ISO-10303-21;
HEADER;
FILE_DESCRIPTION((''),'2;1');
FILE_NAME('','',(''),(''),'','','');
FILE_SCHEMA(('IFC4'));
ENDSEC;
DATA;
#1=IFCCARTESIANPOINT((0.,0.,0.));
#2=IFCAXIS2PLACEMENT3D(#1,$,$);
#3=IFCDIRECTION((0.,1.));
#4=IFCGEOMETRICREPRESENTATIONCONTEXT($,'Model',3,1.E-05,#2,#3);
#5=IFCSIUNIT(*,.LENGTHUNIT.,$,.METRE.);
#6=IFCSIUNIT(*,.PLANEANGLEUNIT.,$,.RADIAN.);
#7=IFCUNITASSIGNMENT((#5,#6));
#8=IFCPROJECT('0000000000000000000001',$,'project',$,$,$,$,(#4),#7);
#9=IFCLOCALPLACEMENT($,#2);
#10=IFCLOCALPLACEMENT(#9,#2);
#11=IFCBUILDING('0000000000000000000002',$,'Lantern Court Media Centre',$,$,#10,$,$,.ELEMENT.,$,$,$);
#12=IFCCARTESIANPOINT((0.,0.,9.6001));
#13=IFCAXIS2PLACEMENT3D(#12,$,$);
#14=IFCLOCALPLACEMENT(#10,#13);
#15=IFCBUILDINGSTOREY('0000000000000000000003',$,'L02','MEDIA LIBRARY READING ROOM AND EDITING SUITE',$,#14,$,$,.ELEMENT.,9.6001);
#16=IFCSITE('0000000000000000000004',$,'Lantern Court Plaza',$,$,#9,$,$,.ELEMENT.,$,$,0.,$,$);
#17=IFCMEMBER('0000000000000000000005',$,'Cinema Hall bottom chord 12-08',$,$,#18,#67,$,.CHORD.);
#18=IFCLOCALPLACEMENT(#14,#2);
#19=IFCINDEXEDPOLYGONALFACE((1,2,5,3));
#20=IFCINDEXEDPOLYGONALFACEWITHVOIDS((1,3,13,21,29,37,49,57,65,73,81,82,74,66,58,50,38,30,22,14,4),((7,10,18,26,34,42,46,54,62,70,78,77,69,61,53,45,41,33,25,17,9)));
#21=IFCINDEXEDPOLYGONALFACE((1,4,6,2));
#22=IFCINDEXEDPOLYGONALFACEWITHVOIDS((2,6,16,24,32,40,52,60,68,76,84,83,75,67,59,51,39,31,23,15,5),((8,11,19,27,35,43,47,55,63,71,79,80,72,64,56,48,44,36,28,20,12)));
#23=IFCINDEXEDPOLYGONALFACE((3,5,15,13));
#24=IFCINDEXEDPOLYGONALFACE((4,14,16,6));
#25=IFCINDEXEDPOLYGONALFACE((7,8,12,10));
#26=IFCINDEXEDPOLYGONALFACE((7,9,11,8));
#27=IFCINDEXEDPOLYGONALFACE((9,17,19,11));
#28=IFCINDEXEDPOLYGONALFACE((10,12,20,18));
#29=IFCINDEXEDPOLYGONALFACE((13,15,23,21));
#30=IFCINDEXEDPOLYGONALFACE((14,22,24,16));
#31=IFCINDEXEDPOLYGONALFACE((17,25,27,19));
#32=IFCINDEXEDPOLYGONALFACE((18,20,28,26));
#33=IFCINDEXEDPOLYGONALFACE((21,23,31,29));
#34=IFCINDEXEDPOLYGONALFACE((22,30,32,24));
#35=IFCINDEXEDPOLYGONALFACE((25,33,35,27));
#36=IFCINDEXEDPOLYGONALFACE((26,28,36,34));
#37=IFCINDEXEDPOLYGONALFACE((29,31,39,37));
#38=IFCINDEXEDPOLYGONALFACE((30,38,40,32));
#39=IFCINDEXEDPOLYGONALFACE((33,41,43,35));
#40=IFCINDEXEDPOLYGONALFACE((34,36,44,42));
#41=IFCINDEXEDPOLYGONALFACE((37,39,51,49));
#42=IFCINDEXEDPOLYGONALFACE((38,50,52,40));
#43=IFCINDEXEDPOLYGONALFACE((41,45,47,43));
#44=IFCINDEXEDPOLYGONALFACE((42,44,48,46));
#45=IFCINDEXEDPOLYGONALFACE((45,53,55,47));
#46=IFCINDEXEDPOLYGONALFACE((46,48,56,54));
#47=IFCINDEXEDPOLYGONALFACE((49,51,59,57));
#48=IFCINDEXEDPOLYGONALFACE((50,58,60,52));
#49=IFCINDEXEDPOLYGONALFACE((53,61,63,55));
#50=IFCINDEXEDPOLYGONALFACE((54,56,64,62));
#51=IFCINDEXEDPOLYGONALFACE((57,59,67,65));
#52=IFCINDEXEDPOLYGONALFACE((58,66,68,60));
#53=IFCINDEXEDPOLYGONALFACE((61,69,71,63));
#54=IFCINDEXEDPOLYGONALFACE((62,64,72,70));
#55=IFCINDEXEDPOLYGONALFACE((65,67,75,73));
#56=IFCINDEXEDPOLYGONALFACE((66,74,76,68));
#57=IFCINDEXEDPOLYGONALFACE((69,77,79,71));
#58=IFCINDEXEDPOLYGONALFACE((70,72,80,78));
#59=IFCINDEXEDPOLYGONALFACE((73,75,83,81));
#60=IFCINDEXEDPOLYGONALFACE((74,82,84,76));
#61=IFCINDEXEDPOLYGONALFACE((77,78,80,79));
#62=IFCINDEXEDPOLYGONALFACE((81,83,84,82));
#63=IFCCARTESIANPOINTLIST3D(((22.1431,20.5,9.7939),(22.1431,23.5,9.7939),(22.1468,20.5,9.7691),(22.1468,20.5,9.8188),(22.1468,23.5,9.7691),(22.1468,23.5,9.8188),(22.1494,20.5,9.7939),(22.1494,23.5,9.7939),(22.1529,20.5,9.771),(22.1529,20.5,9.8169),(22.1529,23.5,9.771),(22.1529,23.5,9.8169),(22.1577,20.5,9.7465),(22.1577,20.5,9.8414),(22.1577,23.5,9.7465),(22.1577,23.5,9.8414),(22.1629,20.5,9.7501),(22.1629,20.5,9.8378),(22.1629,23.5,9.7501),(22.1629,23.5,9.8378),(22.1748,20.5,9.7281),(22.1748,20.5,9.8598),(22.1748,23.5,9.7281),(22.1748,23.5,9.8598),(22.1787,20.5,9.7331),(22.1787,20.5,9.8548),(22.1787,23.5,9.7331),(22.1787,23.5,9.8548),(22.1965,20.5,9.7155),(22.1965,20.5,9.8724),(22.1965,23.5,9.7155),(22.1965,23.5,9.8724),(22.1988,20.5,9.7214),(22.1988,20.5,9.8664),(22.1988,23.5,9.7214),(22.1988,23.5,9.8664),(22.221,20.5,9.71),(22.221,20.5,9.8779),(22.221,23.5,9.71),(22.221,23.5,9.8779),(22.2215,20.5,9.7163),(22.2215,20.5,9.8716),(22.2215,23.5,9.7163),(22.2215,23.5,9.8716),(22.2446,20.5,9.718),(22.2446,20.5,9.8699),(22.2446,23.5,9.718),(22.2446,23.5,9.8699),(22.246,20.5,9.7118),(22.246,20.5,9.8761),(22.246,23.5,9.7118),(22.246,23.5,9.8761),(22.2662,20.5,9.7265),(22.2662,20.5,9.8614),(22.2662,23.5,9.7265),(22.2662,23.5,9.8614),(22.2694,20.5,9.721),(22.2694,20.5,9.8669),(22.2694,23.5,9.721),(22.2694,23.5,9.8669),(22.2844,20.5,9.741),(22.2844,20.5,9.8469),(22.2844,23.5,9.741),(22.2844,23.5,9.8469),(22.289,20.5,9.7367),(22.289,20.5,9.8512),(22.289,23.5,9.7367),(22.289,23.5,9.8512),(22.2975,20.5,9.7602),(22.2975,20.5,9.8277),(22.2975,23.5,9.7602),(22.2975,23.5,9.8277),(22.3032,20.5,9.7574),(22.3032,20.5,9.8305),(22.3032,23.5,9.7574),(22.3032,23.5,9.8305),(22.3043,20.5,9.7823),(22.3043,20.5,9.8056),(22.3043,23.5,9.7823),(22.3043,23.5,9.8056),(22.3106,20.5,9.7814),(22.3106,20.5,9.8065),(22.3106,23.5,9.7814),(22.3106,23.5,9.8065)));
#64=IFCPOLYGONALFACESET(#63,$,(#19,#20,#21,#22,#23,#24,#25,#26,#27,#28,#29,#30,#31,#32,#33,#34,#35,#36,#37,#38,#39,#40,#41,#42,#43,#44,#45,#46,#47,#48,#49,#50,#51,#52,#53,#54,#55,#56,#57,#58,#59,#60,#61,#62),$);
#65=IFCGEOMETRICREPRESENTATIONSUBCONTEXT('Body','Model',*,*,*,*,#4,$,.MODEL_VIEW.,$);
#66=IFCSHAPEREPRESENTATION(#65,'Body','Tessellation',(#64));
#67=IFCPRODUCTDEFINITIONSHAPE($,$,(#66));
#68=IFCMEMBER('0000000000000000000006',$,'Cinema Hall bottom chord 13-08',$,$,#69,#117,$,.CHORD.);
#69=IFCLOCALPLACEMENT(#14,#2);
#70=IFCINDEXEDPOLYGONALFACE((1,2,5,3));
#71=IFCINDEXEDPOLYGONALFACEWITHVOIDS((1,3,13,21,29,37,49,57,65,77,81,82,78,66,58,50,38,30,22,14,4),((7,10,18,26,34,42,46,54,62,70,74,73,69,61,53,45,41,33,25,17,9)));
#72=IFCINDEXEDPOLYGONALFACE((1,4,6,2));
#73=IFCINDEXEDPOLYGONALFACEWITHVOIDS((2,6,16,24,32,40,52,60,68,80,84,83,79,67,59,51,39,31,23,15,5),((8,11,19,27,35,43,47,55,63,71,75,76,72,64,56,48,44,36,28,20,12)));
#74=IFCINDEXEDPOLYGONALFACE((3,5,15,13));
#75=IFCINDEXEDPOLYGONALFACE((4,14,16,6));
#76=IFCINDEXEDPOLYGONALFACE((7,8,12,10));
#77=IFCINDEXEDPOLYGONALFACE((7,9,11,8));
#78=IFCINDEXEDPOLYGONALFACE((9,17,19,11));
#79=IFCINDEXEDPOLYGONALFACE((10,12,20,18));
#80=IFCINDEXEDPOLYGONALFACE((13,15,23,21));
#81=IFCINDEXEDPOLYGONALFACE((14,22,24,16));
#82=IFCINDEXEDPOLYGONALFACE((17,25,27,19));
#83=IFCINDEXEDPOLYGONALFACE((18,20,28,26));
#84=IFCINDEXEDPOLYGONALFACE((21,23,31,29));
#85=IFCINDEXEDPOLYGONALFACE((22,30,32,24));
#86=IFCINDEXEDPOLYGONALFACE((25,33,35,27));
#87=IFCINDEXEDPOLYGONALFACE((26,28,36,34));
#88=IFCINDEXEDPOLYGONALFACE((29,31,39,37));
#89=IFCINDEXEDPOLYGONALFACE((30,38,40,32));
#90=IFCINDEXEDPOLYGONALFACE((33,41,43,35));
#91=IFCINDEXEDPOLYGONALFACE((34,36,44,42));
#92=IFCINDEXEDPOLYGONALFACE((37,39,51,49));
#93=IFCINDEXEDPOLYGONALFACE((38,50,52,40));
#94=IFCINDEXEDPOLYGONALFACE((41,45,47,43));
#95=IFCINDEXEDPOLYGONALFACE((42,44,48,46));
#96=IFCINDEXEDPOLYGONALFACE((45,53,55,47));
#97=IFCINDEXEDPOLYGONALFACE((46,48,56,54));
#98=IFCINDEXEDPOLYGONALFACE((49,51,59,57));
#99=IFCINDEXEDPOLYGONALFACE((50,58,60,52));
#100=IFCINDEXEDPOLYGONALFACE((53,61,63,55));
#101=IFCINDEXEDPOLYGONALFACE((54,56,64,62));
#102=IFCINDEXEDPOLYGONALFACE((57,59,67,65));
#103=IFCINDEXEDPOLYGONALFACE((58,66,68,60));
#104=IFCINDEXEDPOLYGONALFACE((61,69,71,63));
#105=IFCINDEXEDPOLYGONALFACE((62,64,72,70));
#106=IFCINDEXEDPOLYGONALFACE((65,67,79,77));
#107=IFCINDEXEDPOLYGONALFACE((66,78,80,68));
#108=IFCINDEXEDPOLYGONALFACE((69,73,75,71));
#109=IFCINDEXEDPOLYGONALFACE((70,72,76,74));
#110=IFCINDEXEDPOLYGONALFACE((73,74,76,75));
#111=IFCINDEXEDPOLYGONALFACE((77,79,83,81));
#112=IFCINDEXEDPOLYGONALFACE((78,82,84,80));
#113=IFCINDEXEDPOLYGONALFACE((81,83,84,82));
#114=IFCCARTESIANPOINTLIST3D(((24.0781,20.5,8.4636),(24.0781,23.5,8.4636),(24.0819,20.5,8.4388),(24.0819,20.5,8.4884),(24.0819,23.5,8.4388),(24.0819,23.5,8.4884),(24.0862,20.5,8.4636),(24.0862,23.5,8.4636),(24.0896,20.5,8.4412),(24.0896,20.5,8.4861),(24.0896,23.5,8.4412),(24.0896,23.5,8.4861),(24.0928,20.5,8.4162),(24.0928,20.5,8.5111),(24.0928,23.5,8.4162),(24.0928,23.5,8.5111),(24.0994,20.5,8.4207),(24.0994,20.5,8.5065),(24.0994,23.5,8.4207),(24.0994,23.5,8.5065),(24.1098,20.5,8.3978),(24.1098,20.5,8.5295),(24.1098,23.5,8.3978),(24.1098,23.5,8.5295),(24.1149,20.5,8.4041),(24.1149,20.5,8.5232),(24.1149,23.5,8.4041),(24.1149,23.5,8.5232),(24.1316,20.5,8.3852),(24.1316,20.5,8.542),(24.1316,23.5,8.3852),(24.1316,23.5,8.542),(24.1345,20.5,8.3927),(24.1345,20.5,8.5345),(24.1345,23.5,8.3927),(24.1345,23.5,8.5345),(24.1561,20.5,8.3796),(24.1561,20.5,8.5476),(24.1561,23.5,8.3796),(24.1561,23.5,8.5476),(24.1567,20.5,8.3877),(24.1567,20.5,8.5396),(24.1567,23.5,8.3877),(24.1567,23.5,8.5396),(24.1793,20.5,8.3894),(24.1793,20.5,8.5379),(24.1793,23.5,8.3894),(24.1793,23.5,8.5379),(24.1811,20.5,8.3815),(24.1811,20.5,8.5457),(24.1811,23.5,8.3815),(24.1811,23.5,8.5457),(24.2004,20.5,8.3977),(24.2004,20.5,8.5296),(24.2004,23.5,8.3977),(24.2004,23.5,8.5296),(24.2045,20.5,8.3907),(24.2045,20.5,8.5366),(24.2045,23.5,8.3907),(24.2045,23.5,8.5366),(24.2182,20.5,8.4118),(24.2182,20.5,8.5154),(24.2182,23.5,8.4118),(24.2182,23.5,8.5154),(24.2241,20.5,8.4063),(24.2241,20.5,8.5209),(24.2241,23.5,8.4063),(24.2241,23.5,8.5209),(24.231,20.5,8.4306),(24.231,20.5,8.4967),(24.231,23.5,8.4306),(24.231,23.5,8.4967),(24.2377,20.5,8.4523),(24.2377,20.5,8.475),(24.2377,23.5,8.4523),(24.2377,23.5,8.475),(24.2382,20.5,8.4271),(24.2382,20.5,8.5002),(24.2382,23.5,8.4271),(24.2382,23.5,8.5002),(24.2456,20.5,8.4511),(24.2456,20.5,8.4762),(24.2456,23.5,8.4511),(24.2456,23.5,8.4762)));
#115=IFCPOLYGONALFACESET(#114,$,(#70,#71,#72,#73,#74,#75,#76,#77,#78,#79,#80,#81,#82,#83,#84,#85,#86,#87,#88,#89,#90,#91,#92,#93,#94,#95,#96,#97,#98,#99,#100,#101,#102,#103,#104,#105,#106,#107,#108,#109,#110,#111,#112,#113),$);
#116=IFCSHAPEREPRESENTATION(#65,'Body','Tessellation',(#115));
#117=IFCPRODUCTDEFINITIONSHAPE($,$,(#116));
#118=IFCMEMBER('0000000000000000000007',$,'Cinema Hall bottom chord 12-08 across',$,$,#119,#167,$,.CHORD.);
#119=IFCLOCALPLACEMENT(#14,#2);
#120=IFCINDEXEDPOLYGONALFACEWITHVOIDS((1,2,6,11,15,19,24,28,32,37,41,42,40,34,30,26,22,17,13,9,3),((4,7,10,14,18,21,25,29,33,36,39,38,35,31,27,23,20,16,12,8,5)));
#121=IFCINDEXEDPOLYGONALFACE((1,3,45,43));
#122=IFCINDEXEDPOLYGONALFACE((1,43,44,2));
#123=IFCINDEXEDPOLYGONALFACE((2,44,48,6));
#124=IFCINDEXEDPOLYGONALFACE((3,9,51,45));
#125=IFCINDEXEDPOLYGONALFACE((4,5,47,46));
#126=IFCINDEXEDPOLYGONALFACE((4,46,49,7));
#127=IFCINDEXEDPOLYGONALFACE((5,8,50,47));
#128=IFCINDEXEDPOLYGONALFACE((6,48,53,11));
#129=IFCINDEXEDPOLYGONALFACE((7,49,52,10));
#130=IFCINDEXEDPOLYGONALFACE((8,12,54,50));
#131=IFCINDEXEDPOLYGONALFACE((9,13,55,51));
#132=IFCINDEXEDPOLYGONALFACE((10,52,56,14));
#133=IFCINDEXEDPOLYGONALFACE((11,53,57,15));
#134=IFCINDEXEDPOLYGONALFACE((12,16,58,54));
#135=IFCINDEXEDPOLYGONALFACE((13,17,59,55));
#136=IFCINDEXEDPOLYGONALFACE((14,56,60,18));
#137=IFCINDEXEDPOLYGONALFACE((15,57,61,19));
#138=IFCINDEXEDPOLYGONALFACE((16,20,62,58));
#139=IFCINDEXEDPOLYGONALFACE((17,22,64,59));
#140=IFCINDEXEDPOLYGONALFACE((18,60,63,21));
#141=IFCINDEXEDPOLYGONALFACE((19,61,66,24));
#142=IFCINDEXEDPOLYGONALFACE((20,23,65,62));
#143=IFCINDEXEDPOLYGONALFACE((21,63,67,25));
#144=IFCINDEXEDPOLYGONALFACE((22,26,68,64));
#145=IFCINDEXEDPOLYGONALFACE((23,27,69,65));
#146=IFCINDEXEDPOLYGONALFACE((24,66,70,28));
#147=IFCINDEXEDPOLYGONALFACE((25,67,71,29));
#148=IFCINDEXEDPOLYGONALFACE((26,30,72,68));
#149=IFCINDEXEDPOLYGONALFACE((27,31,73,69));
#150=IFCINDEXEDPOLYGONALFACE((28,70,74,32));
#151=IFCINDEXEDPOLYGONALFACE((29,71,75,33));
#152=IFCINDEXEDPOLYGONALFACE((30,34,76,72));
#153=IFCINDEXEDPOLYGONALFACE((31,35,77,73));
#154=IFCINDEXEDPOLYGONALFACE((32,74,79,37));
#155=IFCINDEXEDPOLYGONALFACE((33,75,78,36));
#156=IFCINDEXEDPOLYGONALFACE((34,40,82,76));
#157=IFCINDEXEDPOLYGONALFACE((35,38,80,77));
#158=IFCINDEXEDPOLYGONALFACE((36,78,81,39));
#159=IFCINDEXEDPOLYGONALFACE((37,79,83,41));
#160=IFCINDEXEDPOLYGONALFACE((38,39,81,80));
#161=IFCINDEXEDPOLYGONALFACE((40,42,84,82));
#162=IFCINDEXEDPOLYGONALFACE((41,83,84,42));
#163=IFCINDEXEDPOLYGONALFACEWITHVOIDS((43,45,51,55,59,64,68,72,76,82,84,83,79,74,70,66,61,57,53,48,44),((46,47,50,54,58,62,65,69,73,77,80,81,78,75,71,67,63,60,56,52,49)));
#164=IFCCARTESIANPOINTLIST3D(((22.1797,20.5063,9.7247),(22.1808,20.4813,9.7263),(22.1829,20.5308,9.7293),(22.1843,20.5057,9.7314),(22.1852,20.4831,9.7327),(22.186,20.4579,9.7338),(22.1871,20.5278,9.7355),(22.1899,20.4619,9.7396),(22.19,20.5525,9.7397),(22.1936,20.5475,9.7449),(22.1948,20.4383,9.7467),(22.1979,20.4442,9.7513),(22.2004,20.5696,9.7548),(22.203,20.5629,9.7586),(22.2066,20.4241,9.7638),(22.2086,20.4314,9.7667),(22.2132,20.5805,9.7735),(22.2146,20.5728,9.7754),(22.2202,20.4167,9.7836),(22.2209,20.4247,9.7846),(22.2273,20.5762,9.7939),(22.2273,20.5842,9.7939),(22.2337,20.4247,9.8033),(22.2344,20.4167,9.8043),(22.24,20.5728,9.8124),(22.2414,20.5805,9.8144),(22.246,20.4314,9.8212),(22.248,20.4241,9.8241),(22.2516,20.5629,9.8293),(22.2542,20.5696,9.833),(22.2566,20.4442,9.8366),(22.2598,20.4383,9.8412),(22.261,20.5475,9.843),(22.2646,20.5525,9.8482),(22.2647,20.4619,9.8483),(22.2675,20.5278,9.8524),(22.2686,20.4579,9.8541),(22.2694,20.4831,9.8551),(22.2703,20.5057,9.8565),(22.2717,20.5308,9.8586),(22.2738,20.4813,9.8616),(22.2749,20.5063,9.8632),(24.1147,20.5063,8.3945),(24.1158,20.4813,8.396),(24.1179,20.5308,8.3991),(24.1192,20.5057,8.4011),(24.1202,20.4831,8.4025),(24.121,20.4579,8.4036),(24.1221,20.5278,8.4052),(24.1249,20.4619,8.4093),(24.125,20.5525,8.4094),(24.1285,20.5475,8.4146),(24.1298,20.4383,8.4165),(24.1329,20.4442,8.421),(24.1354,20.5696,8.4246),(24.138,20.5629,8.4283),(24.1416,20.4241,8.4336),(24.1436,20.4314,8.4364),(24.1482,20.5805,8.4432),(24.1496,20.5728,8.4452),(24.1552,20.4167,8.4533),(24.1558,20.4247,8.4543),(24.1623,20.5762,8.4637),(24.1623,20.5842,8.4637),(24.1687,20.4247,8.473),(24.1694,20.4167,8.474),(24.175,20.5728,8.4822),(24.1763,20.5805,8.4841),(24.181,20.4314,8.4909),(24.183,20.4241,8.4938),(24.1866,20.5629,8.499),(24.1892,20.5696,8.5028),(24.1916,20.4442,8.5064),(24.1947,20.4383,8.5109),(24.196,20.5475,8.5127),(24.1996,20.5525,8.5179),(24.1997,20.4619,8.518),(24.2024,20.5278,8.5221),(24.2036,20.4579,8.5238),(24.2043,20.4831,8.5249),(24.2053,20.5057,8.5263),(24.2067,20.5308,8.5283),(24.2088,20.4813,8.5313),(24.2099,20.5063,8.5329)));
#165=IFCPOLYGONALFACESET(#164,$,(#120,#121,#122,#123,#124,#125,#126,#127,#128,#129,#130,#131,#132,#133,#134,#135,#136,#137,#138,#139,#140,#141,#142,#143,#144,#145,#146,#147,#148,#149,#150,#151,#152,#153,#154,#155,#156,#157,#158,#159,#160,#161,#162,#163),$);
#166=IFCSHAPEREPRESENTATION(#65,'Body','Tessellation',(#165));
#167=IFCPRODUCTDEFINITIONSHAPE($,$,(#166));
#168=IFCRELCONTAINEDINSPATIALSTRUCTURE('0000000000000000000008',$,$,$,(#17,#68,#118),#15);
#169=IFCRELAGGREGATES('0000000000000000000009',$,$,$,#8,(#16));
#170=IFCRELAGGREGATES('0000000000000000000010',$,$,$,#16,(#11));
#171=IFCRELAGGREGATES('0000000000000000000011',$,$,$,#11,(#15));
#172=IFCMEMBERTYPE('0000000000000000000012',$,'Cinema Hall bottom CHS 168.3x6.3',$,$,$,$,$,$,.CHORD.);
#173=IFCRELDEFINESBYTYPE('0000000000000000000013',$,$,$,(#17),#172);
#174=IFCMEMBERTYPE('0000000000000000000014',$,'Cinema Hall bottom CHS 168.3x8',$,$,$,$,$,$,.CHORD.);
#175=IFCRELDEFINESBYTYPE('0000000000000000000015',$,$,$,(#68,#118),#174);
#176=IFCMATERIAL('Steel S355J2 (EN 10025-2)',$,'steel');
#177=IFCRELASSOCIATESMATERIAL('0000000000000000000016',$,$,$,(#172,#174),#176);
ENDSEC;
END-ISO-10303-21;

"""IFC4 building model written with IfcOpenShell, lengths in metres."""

from ifc_helpers import new_model, si_unit, direction, frame, origin, origin_2d, place, context, subcontext, project, spatial, hollow_circle, extrude, material, material_profile, profile_set, type_object, element, save


model = new_model("IFC4")

# Units and contexts
model_context = context("Model", 3, precision=1e-05, world=origin(), true_north=direction((0.0, 1.0)))
body_context = subcontext(model_context, "Body", "Model", "MODEL_VIEW")
ifc_project = project(units=[si_unit("LENGTHUNIT", "METRE"), si_unit("PLANEANGLEUNIT", "RADIAN")], contexts=[model_context])

# Site, building, storey
site_placement = place(None, origin())
site = spatial("IfcSite", under=ifc_project, at=site_placement, Name="Lantern Court Plaza", CompositionType="ELEMENT", RefElevation=0.0)
building_placement = place(site_placement, origin())
building = spatial("IfcBuilding", under=site, at=building_placement, Name="Lantern Court Media Centre", CompositionType="ELEMENT")
storey_placement = place(building_placement, frame((0.0, 0.0, 9.6001)))
storey = spatial("IfcBuildingStorey", under=building, at=storey_placement, Name="L02", Description="MEDIA LIBRARY READING ROOM AND EDITING SUITE", CompositionType="ELEMENT", Elevation=9.6001)

# Members
ifc_material = material(Name="Steel S355J2 (EN 10025-2)", Category="steel")
ifc_material_profile_1 = material_profile(ifc_material, hollow_circle(Radius=0.0842, WallThickness=0.0063, at=origin_2d()), Name="Cinema Hall bottom CHS 168.3x6.3")
ifc_profile_set_1 = profile_set([ifc_material_profile_1], Name="Steel S355J2 (EN 10025-2)")
member_type_1 = type_object("IfcMemberType", Name="Cinema Hall bottom CHS 168.3x6.3", PredefinedType="CHORD", material=ifc_profile_set_1)
member_1_placement = place(storey_placement, frame((22.2273, 20.5, 9.7939), z_axis=(0.0, 1.0, 0.0), x_axis=(-1.0, 0.0, 0.0)))
element("IfcMember", 1, at=member_1_placement, inside=storey, type_object=member_type_1, Name="Cinema Hall bottom chord 12-08", PredefinedType="CHORD", context=body_context, shape_type="SweptSolid", body=[
    extrude(hollow_circle(Radius=0.0842, WallThickness=0.0063, at=origin_2d()), origin(), (0.0, 0.0, 1.0), 3.0),
])
ifc_material_profile_2 = material_profile(ifc_material, hollow_circle(Radius=0.0842, WallThickness=0.0081, at=origin_2d()), Name="Cinema Hall bottom CHS 168.3x8")
ifc_profile_set_2 = profile_set([ifc_material_profile_2], Name="Steel S355J2 (EN 10025-2)")
member_type_2 = type_object("IfcMemberType", Name="Cinema Hall bottom CHS 168.3x8", PredefinedType="CHORD", material=ifc_profile_set_2)
member_2_placement = place(storey_placement, frame((24.1624, 20.5, 8.4636), z_axis=(0.0, 1.0, 0.0), x_axis=(-1.0, 0.0, 0.0)))
element("IfcMember", 2, at=member_2_placement, inside=storey, type_object=member_type_2, Name="Cinema Hall bottom chord 13-08", PredefinedType="CHORD", context=body_context, shape_type="SweptSolid", body=[
    extrude(hollow_circle(Radius=0.0842, WallThickness=0.0081, at=origin_2d()), origin(), (0.0, 0.0, 1.0), 3.0),
])
member_3_placement = place(storey_placement, frame((22.2273, 20.5, 9.7939), z_axis=(0.824048, 0.0, -0.56652), x_axis=(0.0, 1.0, 0.0)))
element("IfcMember", 3, at=member_3_placement, inside=storey, type_object=member_type_2, Name="Cinema Hall bottom chord 12-08 across", PredefinedType="CHORD", context=body_context, shape_type="SweptSolid", body=[
    extrude(hollow_circle(Radius=0.0842, WallThickness=0.0081, at=origin_2d()), origin(), (0.0, 0.0, 1.0), 2.3481),
])

save(model, "model.ifc")
